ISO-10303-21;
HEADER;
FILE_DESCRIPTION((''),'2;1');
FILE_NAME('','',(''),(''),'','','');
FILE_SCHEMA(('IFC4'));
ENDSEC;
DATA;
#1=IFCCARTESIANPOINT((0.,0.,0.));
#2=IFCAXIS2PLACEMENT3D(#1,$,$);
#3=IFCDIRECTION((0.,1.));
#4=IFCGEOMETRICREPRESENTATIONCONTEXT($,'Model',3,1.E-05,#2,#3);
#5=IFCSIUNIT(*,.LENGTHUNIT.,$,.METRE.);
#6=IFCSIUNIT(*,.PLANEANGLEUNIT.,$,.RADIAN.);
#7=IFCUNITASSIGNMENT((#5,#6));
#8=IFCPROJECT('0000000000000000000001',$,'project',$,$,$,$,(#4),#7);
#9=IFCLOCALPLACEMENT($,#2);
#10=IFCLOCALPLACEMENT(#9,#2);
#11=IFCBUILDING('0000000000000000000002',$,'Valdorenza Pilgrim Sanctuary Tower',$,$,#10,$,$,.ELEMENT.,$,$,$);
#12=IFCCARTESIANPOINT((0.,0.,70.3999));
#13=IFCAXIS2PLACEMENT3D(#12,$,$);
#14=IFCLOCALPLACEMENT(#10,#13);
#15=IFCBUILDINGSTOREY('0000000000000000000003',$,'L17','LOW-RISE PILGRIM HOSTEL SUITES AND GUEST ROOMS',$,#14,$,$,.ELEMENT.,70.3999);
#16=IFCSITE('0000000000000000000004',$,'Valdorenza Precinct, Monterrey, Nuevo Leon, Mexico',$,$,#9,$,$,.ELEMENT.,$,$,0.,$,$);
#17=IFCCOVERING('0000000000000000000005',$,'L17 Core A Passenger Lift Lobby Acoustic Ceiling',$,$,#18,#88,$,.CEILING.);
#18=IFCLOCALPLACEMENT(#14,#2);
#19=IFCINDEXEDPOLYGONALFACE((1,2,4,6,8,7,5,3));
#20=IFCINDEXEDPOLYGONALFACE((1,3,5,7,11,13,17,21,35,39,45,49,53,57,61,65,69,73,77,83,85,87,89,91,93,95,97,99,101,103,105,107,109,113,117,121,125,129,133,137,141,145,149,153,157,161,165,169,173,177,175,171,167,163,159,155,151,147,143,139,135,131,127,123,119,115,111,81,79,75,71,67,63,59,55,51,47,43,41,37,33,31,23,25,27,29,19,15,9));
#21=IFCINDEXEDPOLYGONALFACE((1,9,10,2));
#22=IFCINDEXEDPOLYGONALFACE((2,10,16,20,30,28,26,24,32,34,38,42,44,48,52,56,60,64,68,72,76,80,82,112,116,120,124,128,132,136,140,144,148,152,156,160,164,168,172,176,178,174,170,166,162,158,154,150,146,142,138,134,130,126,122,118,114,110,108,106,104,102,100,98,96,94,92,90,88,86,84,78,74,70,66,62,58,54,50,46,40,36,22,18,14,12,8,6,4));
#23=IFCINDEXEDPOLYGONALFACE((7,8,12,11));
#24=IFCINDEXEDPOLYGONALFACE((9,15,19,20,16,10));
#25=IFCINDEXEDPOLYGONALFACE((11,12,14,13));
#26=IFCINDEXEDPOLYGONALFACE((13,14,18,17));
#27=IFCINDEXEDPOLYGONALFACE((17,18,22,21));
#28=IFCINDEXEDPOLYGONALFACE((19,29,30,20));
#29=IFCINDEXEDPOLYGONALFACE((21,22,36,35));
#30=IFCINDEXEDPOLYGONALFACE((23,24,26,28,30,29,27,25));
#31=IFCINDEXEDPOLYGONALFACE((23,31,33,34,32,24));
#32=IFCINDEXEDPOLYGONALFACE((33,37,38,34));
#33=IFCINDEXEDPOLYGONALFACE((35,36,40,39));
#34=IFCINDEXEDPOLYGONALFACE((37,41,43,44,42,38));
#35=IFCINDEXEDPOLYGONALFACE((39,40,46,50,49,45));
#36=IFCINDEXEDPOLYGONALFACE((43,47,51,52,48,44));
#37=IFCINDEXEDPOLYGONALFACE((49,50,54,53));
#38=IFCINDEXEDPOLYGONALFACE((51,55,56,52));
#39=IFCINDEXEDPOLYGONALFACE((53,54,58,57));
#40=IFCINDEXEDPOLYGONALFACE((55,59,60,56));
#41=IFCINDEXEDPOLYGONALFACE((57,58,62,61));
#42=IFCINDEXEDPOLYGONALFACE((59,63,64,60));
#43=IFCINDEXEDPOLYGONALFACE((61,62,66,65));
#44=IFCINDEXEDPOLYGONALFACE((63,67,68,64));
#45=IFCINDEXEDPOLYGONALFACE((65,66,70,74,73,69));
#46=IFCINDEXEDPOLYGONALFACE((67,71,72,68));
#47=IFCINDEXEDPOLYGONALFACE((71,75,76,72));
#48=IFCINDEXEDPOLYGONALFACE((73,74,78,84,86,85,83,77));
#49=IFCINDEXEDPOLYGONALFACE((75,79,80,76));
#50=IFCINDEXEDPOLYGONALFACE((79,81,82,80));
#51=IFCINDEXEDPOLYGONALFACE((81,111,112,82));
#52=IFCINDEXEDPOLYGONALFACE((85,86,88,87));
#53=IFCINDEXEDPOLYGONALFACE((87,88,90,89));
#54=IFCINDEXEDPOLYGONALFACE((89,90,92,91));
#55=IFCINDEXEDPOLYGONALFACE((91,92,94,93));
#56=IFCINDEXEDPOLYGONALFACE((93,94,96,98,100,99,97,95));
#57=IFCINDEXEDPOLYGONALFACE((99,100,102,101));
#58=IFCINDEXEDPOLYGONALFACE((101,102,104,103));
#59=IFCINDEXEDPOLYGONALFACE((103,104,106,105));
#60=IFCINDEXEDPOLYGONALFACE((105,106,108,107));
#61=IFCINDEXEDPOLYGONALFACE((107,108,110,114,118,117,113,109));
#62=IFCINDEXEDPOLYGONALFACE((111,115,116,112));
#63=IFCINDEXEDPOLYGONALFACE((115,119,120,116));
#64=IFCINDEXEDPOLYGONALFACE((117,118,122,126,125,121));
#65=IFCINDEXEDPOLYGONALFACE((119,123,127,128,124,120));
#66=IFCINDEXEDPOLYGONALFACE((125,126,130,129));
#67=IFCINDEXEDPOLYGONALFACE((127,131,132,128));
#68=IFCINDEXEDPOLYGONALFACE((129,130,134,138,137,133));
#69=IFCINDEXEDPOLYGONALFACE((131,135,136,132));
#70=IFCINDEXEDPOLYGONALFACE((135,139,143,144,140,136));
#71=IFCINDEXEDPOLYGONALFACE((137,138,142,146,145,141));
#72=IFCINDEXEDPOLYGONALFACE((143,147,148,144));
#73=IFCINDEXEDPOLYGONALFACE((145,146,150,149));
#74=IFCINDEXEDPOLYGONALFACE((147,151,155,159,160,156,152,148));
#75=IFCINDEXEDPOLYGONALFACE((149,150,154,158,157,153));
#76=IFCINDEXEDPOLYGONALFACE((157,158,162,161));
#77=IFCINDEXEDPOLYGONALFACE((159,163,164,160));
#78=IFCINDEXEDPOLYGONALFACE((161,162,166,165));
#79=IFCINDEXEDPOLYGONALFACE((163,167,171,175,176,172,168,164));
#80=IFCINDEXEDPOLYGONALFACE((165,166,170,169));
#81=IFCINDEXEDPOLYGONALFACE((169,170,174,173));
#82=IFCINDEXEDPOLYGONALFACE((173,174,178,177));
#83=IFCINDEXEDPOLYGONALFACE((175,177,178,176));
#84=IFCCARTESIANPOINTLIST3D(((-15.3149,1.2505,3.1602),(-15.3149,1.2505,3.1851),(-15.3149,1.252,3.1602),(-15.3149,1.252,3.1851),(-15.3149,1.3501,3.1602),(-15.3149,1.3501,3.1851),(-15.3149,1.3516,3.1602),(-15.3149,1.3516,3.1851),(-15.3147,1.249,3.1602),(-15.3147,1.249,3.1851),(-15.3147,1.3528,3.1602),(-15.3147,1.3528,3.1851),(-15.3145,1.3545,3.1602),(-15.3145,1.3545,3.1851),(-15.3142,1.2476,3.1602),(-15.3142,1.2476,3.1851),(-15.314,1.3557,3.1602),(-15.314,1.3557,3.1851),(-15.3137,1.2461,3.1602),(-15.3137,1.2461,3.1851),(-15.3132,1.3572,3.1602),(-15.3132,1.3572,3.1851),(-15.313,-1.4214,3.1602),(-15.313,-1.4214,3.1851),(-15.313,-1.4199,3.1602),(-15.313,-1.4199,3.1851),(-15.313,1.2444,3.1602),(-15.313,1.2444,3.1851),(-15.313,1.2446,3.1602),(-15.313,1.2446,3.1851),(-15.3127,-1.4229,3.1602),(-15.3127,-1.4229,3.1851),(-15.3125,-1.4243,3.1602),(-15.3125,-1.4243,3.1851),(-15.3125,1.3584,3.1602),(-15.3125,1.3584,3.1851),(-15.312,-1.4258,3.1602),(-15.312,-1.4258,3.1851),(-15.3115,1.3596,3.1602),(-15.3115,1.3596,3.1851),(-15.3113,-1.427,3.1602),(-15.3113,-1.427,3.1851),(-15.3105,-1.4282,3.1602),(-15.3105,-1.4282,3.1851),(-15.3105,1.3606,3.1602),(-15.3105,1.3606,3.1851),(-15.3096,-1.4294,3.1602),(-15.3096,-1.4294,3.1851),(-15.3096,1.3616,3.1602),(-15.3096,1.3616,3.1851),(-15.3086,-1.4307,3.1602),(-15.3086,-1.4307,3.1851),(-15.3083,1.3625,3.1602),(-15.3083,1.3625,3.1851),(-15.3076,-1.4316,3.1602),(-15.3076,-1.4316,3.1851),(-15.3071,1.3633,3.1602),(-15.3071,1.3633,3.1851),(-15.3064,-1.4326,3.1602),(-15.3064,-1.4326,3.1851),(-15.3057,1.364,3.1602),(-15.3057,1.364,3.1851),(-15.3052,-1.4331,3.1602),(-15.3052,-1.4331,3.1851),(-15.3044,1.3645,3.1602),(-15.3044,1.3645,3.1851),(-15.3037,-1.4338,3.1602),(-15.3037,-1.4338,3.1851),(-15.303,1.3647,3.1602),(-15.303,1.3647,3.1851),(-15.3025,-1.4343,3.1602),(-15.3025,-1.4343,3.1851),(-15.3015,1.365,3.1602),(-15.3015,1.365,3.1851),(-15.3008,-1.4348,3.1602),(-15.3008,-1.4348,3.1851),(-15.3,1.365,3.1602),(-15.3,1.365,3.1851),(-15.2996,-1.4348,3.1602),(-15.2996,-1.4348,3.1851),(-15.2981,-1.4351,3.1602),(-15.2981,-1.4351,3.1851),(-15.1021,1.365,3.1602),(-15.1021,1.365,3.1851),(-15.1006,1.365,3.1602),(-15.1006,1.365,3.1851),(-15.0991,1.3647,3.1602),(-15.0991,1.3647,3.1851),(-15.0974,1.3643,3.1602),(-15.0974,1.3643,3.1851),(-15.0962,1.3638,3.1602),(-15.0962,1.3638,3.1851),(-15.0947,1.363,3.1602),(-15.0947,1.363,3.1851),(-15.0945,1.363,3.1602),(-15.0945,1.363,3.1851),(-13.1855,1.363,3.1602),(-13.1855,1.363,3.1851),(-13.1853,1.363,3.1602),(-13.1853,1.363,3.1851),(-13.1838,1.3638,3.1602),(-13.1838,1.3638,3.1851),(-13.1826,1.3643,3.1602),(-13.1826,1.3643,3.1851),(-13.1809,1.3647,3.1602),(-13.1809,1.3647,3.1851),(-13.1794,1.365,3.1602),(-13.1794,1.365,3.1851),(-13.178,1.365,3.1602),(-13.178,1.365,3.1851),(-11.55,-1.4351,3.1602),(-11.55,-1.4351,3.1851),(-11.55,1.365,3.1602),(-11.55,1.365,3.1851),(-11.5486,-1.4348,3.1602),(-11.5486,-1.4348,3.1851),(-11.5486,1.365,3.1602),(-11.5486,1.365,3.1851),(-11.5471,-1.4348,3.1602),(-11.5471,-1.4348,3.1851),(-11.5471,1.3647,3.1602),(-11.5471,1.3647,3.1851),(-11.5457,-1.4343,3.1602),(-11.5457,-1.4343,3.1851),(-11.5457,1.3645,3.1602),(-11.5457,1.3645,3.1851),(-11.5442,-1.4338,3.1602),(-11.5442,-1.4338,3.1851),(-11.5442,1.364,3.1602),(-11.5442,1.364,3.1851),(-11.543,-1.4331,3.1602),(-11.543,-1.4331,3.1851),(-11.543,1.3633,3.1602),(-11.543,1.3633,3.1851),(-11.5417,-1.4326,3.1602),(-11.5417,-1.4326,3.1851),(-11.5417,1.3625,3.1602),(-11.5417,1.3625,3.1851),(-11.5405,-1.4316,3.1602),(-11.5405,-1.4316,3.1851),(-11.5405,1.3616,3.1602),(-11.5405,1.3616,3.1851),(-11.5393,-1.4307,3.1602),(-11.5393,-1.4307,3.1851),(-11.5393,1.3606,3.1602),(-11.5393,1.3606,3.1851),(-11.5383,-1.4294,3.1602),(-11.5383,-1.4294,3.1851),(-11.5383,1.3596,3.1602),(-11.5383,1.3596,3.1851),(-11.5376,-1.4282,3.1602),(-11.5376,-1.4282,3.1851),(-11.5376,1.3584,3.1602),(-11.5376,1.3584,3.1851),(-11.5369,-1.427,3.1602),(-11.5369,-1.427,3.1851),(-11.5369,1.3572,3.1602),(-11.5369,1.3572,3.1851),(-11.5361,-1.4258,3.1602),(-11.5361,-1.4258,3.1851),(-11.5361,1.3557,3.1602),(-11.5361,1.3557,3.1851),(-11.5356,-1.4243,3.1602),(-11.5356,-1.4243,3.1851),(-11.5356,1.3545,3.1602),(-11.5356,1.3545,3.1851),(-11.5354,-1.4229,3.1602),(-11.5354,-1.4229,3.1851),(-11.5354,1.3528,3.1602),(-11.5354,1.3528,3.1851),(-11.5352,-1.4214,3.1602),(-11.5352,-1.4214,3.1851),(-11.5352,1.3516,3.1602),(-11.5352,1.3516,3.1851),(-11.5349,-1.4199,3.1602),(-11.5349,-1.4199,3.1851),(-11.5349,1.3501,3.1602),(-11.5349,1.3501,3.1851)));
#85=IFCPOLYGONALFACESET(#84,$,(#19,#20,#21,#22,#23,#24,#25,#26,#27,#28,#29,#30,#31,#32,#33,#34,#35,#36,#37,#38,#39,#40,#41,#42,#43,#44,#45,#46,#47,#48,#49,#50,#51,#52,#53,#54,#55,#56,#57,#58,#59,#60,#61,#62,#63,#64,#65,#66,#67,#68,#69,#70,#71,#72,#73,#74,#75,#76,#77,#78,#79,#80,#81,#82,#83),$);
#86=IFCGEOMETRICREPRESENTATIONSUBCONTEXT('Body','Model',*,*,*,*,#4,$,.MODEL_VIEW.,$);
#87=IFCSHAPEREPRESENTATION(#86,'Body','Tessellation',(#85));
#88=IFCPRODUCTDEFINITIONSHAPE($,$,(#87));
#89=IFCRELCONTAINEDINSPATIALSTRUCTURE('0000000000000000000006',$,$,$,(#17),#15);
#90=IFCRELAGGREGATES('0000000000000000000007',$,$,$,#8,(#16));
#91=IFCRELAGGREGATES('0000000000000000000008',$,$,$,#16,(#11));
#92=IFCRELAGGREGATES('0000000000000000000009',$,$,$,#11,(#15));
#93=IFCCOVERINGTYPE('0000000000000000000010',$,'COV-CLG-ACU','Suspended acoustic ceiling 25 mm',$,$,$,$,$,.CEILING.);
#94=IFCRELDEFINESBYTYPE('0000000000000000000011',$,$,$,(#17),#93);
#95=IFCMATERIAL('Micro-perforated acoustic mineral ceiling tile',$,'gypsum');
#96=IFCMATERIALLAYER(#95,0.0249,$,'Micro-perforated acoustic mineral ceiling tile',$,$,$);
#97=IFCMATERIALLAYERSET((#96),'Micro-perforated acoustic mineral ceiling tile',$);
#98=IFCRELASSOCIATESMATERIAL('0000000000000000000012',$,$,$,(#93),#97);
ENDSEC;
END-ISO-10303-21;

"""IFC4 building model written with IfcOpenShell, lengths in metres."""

from ifc_helpers import new_model, si_unit, direction, frame, origin, place, context, subcontext, project, spatial, polyline, outline, extrude, material, layer, layer_set, type_object, element, save


model = new_model("IFC4")

# Units and contexts
model_context = context("Model", 3, precision=1e-05, world=origin(), true_north=direction((0.0, 1.0)))
body_context = subcontext(model_context, "Body", "Model", "MODEL_VIEW")
ifc_project = project(units=[si_unit("LENGTHUNIT", "METRE"), si_unit("PLANEANGLEUNIT", "RADIAN")], contexts=[model_context])

# Site, building, storey
site_placement = place(None, origin())
site = spatial("IfcSite", under=ifc_project, at=site_placement, Name="Valdorenza Precinct, Monterrey, Nuevo Leon, Mexico", CompositionType="ELEMENT", RefElevation=0.0)
building_placement = place(site_placement, origin())
building = spatial("IfcBuilding", under=site, at=building_placement, Name="Valdorenza Pilgrim Sanctuary Tower", CompositionType="ELEMENT")
storey_placement = place(building_placement, frame((0.0, 0.0, 70.3999)))
storey = spatial("IfcBuildingStorey", under=building, at=storey_placement, Name="L17", Description="LOW-RISE PILGRIM HOSTEL SUITES AND GUEST ROOMS", CompositionType="ELEMENT", Elevation=70.3999)

# Covering
ifc_material_1 = material(Name="Micro-perforated acoustic mineral ceiling tile", Category="gypsum")
ifc_layer_1 = layer(ifc_material_1, 0.0249, Name="Micro-perforated acoustic mineral ceiling tile")
ifc_layer_set_1 = layer_set([ifc_layer_1], Name="Micro-perforated acoustic mineral ceiling tile")
covering_type_1 = type_object("IfcCoveringType", Name="COV-CLG-ACU", Description="Suspended acoustic ceiling 25 mm", PredefinedType="CEILING", material=ifc_layer_set_1)
covering_1_placement = place(storey_placement, frame((0.0, 0.0, 3.1602)))
element("IfcCovering", 1, at=covering_1_placement, inside=storey, type_object=covering_type_1, Name="L17 Core A Passenger Lift Lobby Acoustic Ceiling", PredefinedType="CEILING", context=body_context, shape_type="SweptSolid", body=[
    extrude(outline(polyline([(-15.313, 1.2444), (-15.313, 1.2446), (-15.3137, 1.2461), (-15.3142, 1.2476), (-15.3147, 1.249), (-15.3149, 1.2505), (-15.3149, 1.252), (-15.3149, 1.3501), (-15.3149, 1.3516), (-15.3147, 1.3528), (-15.3145, 1.3545), (-15.314, 1.3557), (-15.3132, 1.3572), (-15.3125, 1.3584), (-15.3115, 1.3596), (-15.3105, 1.3606), (-15.3096, 1.3616), (-15.3083, 1.3625), (-15.3071, 1.3633), (-15.3057, 1.364), (-15.3044, 1.3645), (-15.303, 1.3647), (-15.3015, 1.365), (-15.3, 1.365), (-15.1021, 1.365), (-15.1006, 1.365), (-15.0991, 1.3647), (-15.0974, 1.3643), (-15.0962, 1.3638), (-15.0947, 1.363), (-15.0945, 1.363), (-13.1855, 1.363), (-13.1853, 1.363), (-13.1838, 1.3638), (-13.1826, 1.3643), (-13.1809, 1.3647), (-13.1794, 1.365), (-13.178, 1.365), (-11.55, 1.365), (-11.5486, 1.365), (-11.5471, 1.3647), (-11.5457, 1.3645), (-11.5442, 1.364), (-11.543, 1.3633), (-11.5417, 1.3625), (-11.5405, 1.3616), (-11.5393, 1.3606), (-11.5383, 1.3596), (-11.5376, 1.3584), (-11.5369, 1.3572), (-11.5361, 1.3557), (-11.5356, 1.3545), (-11.5354, 1.3528), (-11.5352, 1.3516), (-11.5349, 1.3501), (-11.5349, -1.4199), (-11.5352, -1.4214), (-11.5354, -1.4229), (-11.5356, -1.4243), (-11.5361, -1.4258), (-11.5369, -1.427), (-11.5376, -1.4282), (-11.5383, -1.4294), (-11.5393, -1.4307), (-11.5405, -1.4316), (-11.5417, -1.4326), (-11.543, -1.4331), (-11.5442, -1.4338), (-11.5457, -1.4343), (-11.5471, -1.4348), (-11.5486, -1.4348), (-11.55, -1.4351), (-15.2981, -1.4351), (-15.2996, -1.4348), (-15.3008, -1.4348), (-15.3025, -1.4343), (-15.3037, -1.4338), (-15.3052, -1.4331), (-15.3064, -1.4326), (-15.3076, -1.4316), (-15.3086, -1.4307), (-15.3096, -1.4294), (-15.3105, -1.4282), (-15.3113, -1.427), (-15.312, -1.4258), (-15.3125, -1.4243), (-15.3127, -1.4229), (-15.313, -1.4214), (-15.313, -1.4199), (-15.313, 1.2444)])), origin(), (0.0, 0.0, 1.0), 0.0249),
])

save(model, "model.ifc")
